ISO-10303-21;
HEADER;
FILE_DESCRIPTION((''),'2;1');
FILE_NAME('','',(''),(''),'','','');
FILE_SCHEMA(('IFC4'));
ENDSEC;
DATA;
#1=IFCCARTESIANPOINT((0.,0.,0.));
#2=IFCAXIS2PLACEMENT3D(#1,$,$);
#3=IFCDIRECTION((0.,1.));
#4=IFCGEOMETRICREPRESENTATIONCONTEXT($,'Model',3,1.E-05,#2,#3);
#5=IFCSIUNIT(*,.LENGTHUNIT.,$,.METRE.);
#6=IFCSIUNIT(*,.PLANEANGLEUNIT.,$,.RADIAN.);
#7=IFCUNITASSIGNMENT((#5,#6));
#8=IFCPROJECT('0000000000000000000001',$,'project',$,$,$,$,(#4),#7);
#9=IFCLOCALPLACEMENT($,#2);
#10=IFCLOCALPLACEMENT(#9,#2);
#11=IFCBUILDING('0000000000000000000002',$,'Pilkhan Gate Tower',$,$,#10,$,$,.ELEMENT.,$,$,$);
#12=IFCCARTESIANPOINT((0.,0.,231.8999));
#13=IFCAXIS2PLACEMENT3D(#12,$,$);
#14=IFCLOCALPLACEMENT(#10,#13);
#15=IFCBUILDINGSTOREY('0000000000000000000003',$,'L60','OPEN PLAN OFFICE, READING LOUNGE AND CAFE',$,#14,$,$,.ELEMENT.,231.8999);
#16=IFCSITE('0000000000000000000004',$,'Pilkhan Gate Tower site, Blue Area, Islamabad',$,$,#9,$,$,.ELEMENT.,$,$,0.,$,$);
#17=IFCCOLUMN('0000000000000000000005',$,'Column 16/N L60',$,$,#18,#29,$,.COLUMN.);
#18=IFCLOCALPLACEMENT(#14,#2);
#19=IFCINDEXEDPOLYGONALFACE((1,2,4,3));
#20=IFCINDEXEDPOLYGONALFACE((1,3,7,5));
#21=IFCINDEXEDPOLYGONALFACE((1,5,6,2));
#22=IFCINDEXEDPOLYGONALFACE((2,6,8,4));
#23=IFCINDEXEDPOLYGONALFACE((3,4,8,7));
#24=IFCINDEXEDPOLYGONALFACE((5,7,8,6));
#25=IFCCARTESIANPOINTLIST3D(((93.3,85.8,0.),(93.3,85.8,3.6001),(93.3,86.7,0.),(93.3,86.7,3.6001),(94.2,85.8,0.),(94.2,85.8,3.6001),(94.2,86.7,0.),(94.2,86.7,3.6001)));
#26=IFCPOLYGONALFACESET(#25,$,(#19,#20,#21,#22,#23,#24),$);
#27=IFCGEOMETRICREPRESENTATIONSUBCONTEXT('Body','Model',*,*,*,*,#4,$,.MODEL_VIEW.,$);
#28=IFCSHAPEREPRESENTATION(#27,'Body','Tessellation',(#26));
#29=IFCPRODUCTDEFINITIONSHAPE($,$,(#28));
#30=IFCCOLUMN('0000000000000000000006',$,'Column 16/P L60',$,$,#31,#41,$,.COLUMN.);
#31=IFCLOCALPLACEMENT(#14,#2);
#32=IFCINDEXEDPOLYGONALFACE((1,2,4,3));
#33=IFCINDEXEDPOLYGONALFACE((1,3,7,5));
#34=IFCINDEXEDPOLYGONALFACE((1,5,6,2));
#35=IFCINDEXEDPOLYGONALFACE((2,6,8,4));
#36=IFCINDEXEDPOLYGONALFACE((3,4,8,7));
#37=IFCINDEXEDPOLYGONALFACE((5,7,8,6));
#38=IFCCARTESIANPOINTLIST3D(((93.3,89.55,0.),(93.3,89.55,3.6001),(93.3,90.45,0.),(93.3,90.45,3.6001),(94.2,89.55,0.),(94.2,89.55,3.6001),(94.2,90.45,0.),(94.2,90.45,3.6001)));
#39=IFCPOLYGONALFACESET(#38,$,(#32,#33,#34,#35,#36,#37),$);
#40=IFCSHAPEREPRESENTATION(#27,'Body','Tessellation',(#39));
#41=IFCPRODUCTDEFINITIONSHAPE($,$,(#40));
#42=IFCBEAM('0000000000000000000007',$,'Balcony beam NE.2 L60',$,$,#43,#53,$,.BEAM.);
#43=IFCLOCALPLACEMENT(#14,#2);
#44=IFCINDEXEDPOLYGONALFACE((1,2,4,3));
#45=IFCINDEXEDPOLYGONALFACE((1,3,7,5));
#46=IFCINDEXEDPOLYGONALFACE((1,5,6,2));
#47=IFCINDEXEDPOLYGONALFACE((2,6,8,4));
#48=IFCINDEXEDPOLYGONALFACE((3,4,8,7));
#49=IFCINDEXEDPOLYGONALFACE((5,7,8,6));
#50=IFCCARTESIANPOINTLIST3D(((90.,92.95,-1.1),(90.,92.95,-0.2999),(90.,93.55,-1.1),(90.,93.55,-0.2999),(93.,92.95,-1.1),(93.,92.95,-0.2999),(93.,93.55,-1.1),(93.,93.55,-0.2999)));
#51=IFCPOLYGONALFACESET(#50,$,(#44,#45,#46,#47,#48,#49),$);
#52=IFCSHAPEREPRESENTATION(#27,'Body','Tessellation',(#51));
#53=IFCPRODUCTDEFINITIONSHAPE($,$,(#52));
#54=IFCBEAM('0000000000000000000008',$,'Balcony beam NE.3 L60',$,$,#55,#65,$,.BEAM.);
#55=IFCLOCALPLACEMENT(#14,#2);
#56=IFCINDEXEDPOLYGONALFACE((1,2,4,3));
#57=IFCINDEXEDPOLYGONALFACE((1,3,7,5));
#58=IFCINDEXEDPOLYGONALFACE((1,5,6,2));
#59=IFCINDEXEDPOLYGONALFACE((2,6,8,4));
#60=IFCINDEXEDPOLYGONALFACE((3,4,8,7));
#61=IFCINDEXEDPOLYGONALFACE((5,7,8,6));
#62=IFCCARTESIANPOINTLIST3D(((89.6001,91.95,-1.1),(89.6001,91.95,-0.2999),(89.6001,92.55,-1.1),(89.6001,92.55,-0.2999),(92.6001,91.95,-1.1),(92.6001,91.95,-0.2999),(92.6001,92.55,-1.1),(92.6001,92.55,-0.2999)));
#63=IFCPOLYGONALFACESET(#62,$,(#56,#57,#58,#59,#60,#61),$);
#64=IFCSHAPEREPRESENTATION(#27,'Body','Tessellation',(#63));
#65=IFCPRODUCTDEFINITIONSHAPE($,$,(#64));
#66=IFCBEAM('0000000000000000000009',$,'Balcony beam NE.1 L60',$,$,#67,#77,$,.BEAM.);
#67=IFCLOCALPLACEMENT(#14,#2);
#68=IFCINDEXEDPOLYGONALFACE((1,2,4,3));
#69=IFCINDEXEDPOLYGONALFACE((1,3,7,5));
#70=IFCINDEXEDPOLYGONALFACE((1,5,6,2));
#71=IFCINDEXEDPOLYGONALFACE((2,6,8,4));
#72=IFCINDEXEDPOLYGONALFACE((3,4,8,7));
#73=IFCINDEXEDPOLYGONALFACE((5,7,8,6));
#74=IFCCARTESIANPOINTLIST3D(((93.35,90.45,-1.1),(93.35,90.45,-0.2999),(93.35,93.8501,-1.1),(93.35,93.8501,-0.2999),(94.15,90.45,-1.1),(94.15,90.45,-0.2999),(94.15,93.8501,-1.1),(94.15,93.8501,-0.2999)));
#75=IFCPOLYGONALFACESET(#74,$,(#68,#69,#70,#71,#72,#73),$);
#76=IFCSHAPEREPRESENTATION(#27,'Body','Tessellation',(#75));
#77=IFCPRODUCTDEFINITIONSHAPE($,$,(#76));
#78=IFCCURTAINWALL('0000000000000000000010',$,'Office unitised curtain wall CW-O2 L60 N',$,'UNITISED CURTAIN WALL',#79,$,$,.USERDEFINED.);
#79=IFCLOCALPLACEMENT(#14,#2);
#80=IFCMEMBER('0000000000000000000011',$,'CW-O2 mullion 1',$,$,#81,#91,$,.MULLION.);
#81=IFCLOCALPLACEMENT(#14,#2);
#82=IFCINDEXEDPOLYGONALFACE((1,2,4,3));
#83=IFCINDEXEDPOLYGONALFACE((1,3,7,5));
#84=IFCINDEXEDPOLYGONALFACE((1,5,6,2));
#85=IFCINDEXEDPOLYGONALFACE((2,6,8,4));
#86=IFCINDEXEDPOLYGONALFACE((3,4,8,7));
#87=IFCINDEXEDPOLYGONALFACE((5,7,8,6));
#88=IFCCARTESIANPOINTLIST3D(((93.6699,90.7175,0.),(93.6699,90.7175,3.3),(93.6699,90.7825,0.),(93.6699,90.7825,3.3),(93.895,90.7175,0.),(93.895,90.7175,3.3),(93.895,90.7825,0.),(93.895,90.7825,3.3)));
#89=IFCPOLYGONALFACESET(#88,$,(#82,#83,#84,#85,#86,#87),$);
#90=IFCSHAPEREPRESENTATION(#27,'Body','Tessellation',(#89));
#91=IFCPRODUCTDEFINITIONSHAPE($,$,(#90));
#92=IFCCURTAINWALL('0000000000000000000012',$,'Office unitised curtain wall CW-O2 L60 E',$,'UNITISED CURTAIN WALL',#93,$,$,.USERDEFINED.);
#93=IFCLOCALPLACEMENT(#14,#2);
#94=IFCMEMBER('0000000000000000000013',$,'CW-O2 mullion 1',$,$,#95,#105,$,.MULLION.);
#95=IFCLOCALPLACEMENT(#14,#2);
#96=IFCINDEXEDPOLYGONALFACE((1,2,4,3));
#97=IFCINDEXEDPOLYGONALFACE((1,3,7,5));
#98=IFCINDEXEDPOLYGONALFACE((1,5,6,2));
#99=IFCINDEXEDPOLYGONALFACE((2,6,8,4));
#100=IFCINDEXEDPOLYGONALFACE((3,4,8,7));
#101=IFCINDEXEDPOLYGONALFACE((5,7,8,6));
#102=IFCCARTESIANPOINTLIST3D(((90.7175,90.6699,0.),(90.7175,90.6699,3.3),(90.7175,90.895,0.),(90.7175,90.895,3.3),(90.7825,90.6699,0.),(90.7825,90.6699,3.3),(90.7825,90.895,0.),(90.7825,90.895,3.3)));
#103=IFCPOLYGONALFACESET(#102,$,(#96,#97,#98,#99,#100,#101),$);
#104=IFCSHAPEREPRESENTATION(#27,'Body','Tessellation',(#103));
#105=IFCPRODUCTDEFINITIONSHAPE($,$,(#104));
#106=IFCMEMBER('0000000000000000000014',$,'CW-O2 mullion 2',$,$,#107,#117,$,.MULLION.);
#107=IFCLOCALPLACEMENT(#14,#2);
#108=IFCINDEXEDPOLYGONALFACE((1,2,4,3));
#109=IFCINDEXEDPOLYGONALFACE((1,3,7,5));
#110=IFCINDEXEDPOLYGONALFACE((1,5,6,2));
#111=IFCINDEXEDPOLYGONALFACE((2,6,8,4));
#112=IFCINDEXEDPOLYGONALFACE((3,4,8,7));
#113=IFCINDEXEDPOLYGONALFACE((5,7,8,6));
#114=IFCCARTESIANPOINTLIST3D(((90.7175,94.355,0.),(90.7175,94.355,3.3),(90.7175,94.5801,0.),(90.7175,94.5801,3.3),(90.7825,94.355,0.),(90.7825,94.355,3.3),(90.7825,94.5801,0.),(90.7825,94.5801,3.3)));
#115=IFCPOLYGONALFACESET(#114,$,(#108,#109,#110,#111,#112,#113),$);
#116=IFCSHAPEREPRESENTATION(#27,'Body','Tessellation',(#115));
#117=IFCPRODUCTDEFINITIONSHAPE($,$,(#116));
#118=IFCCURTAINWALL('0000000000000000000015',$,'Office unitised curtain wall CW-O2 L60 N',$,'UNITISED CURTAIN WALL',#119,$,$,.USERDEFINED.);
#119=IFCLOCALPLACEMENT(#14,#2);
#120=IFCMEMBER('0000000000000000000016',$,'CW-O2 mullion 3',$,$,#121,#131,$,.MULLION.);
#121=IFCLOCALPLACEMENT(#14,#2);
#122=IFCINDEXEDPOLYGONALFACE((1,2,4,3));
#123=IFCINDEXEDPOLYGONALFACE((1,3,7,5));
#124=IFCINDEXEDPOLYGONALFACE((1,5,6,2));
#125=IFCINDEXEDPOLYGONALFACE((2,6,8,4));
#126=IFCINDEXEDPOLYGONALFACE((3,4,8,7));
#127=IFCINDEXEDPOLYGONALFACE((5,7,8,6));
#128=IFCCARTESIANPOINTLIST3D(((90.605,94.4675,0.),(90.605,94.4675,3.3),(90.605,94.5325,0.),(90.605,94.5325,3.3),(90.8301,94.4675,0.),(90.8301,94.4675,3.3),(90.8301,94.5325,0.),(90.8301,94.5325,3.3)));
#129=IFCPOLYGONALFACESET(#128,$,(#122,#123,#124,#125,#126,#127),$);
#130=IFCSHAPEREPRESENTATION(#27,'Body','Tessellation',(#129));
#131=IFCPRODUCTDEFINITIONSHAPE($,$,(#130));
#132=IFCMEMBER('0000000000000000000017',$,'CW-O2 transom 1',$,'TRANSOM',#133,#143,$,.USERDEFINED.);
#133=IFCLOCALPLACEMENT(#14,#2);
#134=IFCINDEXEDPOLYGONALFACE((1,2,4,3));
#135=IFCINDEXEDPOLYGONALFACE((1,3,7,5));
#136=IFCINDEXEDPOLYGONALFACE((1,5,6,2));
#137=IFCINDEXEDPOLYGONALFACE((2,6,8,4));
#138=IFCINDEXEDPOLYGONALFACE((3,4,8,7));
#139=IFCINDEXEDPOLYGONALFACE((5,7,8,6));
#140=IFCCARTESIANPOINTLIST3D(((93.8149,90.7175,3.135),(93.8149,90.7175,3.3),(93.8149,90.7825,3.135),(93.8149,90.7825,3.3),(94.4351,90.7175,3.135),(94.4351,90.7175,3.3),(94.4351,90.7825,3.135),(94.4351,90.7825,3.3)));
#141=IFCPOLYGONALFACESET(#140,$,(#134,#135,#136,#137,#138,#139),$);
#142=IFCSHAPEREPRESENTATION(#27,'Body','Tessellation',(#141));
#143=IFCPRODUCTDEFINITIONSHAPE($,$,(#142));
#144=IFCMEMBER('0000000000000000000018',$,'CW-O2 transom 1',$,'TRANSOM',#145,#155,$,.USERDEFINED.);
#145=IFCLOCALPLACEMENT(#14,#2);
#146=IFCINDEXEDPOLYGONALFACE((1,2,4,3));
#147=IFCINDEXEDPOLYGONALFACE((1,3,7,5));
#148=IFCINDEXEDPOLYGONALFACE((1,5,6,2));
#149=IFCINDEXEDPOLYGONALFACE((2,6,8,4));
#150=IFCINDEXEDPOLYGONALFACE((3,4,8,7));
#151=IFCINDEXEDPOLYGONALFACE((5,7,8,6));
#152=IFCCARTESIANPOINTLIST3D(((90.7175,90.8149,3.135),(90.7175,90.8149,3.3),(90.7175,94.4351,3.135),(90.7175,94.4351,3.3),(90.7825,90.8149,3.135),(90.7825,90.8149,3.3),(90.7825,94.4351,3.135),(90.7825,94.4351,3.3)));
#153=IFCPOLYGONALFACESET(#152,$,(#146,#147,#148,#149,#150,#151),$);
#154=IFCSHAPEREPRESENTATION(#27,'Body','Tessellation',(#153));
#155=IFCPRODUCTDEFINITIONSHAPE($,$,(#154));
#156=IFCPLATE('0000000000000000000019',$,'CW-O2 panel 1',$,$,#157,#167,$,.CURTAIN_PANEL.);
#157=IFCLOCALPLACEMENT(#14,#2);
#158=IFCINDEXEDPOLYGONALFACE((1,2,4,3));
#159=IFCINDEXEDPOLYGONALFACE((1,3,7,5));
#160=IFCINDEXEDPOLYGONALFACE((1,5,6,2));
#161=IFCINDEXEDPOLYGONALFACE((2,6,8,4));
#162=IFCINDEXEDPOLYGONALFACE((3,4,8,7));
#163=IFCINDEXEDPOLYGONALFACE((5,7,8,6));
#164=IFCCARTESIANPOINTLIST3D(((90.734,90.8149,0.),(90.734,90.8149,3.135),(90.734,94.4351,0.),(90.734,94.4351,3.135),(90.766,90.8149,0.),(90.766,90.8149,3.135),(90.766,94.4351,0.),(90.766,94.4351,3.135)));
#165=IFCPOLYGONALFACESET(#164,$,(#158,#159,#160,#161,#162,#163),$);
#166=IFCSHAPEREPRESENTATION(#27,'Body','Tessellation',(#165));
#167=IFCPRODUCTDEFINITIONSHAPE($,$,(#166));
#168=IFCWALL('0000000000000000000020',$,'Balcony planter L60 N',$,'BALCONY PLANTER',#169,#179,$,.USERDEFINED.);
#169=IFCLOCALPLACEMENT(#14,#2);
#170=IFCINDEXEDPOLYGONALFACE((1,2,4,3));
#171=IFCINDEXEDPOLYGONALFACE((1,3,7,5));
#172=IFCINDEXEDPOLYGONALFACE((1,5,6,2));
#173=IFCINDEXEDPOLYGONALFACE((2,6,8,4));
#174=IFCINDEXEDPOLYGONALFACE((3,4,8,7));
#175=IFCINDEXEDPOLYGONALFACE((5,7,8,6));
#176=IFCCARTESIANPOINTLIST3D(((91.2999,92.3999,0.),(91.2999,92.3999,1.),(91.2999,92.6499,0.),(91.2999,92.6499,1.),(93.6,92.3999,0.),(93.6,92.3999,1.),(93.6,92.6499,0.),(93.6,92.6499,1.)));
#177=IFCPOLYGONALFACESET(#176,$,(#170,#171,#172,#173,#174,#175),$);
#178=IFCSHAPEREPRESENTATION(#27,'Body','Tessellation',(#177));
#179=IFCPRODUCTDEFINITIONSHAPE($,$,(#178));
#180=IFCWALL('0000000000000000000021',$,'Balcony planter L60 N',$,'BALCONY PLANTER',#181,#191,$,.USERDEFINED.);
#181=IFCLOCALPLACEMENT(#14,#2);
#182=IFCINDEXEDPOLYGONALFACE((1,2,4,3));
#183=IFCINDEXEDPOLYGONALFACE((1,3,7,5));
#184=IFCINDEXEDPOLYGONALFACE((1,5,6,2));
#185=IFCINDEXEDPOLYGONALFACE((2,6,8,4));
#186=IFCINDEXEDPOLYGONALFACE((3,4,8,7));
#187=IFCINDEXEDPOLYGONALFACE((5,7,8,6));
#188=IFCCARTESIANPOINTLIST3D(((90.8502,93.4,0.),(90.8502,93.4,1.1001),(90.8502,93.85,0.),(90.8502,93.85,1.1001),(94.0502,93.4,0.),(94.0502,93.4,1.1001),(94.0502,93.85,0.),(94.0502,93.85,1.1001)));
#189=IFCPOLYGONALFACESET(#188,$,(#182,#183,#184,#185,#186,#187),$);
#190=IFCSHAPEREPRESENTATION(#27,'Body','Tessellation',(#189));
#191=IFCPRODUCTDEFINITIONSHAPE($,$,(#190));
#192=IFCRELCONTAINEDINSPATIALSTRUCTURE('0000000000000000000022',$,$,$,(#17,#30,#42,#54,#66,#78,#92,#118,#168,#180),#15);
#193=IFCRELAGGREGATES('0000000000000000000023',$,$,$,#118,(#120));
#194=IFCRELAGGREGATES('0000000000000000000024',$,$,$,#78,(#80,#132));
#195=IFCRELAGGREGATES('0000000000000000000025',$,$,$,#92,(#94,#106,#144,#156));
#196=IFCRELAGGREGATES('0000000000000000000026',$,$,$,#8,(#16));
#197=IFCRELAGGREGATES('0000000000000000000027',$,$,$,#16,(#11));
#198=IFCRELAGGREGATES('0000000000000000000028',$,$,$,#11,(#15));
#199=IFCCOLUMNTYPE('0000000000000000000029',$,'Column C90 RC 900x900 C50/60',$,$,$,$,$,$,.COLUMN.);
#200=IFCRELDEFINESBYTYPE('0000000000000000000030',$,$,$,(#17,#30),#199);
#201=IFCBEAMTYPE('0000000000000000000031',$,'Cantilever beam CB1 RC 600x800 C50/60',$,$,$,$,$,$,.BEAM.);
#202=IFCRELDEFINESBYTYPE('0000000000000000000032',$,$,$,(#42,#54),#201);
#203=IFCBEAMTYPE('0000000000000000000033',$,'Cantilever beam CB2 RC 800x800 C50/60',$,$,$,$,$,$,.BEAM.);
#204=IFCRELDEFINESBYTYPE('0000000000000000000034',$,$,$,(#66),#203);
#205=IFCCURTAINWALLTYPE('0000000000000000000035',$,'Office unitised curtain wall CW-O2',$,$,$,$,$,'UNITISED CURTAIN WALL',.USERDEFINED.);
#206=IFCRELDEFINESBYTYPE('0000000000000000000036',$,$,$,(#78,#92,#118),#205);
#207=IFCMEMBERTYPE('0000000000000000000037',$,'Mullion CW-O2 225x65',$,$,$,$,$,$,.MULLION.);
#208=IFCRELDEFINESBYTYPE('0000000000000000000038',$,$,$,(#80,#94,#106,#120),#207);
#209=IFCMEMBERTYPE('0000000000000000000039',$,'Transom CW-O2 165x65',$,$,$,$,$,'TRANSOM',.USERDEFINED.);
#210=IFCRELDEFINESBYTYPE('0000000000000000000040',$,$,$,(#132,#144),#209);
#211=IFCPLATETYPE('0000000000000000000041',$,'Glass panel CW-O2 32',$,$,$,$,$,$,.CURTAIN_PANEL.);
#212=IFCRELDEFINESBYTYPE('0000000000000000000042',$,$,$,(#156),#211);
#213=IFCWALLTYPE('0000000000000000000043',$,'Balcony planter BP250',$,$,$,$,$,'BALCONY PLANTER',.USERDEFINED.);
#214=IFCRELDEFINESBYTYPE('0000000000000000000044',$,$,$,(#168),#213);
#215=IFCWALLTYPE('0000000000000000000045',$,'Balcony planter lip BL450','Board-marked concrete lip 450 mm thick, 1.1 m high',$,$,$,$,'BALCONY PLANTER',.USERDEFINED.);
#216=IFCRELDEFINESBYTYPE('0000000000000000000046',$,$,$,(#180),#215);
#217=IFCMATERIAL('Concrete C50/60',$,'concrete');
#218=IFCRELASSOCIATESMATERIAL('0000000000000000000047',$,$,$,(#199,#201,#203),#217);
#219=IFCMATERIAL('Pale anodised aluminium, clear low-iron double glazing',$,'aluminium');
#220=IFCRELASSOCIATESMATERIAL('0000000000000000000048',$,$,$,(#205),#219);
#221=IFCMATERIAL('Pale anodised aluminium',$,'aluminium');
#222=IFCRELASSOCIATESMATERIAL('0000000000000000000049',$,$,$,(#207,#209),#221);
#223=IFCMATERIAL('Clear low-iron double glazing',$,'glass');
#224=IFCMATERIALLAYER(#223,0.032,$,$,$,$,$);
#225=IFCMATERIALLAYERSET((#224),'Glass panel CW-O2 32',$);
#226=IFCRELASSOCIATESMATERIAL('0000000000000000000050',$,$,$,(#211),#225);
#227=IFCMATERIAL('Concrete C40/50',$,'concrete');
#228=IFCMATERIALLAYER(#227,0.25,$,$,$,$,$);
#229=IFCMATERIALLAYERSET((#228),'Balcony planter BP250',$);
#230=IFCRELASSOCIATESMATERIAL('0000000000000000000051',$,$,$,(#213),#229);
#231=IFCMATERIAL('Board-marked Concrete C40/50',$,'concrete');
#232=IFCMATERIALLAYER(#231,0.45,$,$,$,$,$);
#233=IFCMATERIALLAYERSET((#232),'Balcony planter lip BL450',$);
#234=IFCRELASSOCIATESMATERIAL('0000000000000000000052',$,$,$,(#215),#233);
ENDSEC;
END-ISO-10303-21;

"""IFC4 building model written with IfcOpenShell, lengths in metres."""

from ifc_helpers import new_model, si_unit, direction, frame, frame_2d, origin, origin_2d, place, context, subcontext, project, spatial, rectangle, extrude, material, layer, layer_set, material_profile, profile_set, type_object, element, aggregate, save


model = new_model("IFC4")

# Units and contexts
model_context = context("Model", 3, precision=1e-05, world=origin(), true_north=direction((0.0, 1.0)))
body_context = subcontext(model_context, "Body", "Model", "MODEL_VIEW")
ifc_project = project(units=[si_unit("LENGTHUNIT", "METRE"), si_unit("PLANEANGLEUNIT", "RADIAN")], contexts=[model_context])

# Site, building, storey
site_placement = place(None, origin())
site = spatial("IfcSite", under=ifc_project, at=site_placement, Name="Pilkhan Gate Tower site, Blue Area, Islamabad", CompositionType="ELEMENT", RefElevation=0.0)
building_placement = place(site_placement, origin())
building = spatial("IfcBuilding", under=site, at=building_placement, Name="Pilkhan Gate Tower", CompositionType="ELEMENT")
storey_placement = place(building_placement, frame((0.0, 0.0, 231.8999)))
storey = spatial("IfcBuildingStorey", under=building, at=storey_placement, Name="L60", Description="OPEN PLAN OFFICE, READING LOUNGE AND CAFE", CompositionType="ELEMENT", Elevation=231.8999)

# Columns
ifc_material_1 = material(Name="Concrete C50/60", Category="concrete")
ifc_material_profile_1 = material_profile(ifc_material_1, rectangle(XDim=0.8999, YDim=0.8999, at=origin_2d()), Name="RC 900x900")
ifc_profile_set_1 = profile_set([ifc_material_profile_1], Name="Concrete C50/60")
column_type = type_object("IfcColumnType", Name="Column C90 RC 900x900 C50/60", PredefinedType="COLUMN", material=ifc_profile_set_1)
for number, where, z_axis, x_axis, name in (
    (1, (93.75, 86.25, 0.0), (0.0, 0.0, 1.0), (1.0, 0.0, 0.0), "Column 16/N L60"),
    (2, (93.75, 90.0, 0.0), (0.0, 0.0, 1.0), (1.0, 0.0, 0.0), "Column 16/P L60"),
):
    element("IfcColumn", number, at=place(storey_placement, frame(where, z_axis=z_axis, x_axis=x_axis)), inside=storey, type_object=column_type, Name=name, PredefinedType="COLUMN", context=body_context, shape_type="SweptSolid", body=[
        extrude(rectangle(XDim=0.8999, YDim=0.8999, at=origin_2d()), origin(), (0.0, 0.0, 1.0), 3.6001),
    ])

# Beams
ifc_material_profile_2 = material_profile(ifc_material_1, rectangle(XDim=0.6001, YDim=0.8, at=origin_2d()), Name="RC 600x800")
ifc_profile_set_2 = profile_set([ifc_material_profile_2], Name="Concrete C50/60")
beam_type_1 = type_object("IfcBeamType", Name="Cantilever beam CB1 RC 600x800 C50/60", PredefinedType="BEAM", material=ifc_profile_set_2)
for number, where, z_axis, x_axis, name in (
    (3, (90.0, 93.25, -0.7), (1.0, 0.0, 0.0), (0.0, 1.0, 0.0), "Balcony beam NE.2 L60"),
    (4, (89.6001, 92.25, -0.7), (1.0, 0.0, 0.0), (0.0, 1.0, 0.0), "Balcony beam NE.3 L60"),
):
    element("IfcBeam", number, at=place(storey_placement, frame(where, z_axis=z_axis, x_axis=x_axis)), inside=storey, type_object=beam_type_1, Name=name, PredefinedType="BEAM", context=body_context, shape_type="SweptSolid", body=[
        extrude(rectangle(XDim=0.6001, YDim=0.8, at=origin_2d()), origin(), (0.0, 0.0, 1.0), 3.0),
    ])
ifc_material_profile_3 = material_profile(ifc_material_1, rectangle(XDim=0.8, YDim=0.8, at=origin_2d()), Name="RC 800x800")
ifc_profile_set_3 = profile_set([ifc_material_profile_3], Name="Concrete C50/60")
beam_type_2 = type_object("IfcBeamType", Name="Cantilever beam CB2 RC 800x800 C50/60", PredefinedType="BEAM", material=ifc_profile_set_3)
beam_placement = place(storey_placement, frame((93.75, 90.45, -0.7), z_axis=(0.0, 1.0, 0.0), x_axis=(-1.0, 0.0, 0.0)))
element("IfcBeam", 5, at=beam_placement, inside=storey, type_object=beam_type_2, Name="Balcony beam NE.1 L60", PredefinedType="BEAM", context=body_context, shape_type="SweptSolid", body=[
    extrude(rectangle(XDim=0.8, YDim=0.8, at=origin_2d()), origin(), (0.0, 0.0, 1.0), 3.4001),
])

# Curtain wall, member
ifc_material_2 = material(Name="Pale anodised aluminium, clear low-iron double glazing", Category="aluminium")
curtain_wall_type = type_object("IfcCurtainWallType", Name="Office unitised curtain wall CW-O2", ElementType="UNITISED CURTAIN WALL", PredefinedType="USERDEFINED", material=ifc_material_2)
curtain_wall_1_placement = place(storey_placement, origin())
curtain_wall_1 = element("IfcCurtainWall", 6, at=curtain_wall_1_placement, inside=storey, type_object=curtain_wall_type, Name="Office unitised curtain wall CW-O2 L60 N", ObjectType="UNITISED CURTAIN WALL", PredefinedType="USERDEFINED")
ifc_material_3 = material(Name="Pale anodised aluminium", Category="aluminium")
ifc_material_profile_4 = material_profile(ifc_material_3, rectangle(XDim=0.0649, YDim=0.2251, at=origin_2d()), Name="Mullion 225x65")
ifc_profile_set_4 = profile_set([ifc_material_profile_4], Name="Pale anodised aluminium")
member_type_1 = type_object("IfcMemberType", Name="Mullion CW-O2 225x65", PredefinedType="MULLION", material=ifc_profile_set_4)
member_1_placement = place(storey_placement, frame((93.7825, 90.75, 0.0), z_axis=(0.0, 0.0, 1.0), x_axis=(0.0, 1.0, 0.0)))
member_1 = element("IfcMember", 7, at=member_1_placement, type_object=member_type_1, Name="CW-O2 mullion 1", PredefinedType="MULLION", context=body_context, shape_type="SweptSolid", body=[
    extrude(rectangle(XDim=0.0649, YDim=0.2251, at=origin_2d()), origin(), (0.0, 0.0, 1.0), 3.3),
])

# Curtain wall, members
curtain_wall_2_placement = place(storey_placement, origin())
curtain_wall_2 = element("IfcCurtainWall", 8, at=curtain_wall_2_placement, inside=storey, type_object=curtain_wall_type, Name="Office unitised curtain wall CW-O2 L60 E", ObjectType="UNITISED CURTAIN WALL", PredefinedType="USERDEFINED")
member_2_placement = place(storey_placement, frame((90.75, 90.7825, 0.0), z_axis=(0.0, 0.0, 1.0), x_axis=(-1.0, 0.0, 0.0)))
member_2 = element("IfcMember", 9, at=member_2_placement, type_object=member_type_1, Name="CW-O2 mullion 1", PredefinedType="MULLION", context=body_context, shape_type="SweptSolid", body=[
    extrude(rectangle(XDim=0.0649, YDim=0.2251, at=origin_2d()), origin(), (0.0, 0.0, 1.0), 3.3),
])
member_3_placement = place(storey_placement, frame((90.75, 94.4675, 0.0), z_axis=(0.0, 0.0, 1.0), x_axis=(-1.0, 0.0, 0.0)))
member_3 = element("IfcMember", 10, at=member_3_placement, type_object=member_type_1, Name="CW-O2 mullion 2", PredefinedType="MULLION", context=body_context, shape_type="SweptSolid", body=[
    extrude(rectangle(XDim=0.0649, YDim=0.2251, at=origin_2d()), origin(), (0.0, 0.0, 1.0), 3.3),
])

# Curtain wall, member
curtain_wall_3_placement = place(storey_placement, origin())
curtain_wall_3 = element("IfcCurtainWall", 11, at=curtain_wall_3_placement, inside=storey, type_object=curtain_wall_type, Name="Office unitised curtain wall CW-O2 L60 N", ObjectType="UNITISED CURTAIN WALL", PredefinedType="USERDEFINED")
member_4_placement = place(storey_placement, frame((90.7175, 94.5, 0.0), z_axis=(0.0, 0.0, 1.0), x_axis=(0.0, 1.0, 0.0)))
member_4 = element("IfcMember", 12, at=member_4_placement, type_object=member_type_1, Name="CW-O2 mullion 3", PredefinedType="MULLION", context=body_context, shape_type="SweptSolid", body=[
    extrude(rectangle(XDim=0.0649, YDim=0.2251, at=origin_2d()), origin(), (0.0, 0.0, 1.0), 3.3),
])
aggregate(curtain_wall_3, [member_4])

# Members
ifc_material_profile_5 = material_profile(ifc_material_3, rectangle(XDim=0.0649, YDim=0.165, at=origin_2d()), Name="Transom 165x65")
ifc_profile_set_5 = profile_set([ifc_material_profile_5], Name="Pale anodised aluminium")
member_type_2 = type_object("IfcMemberType", Name="Transom CW-O2 165x65", ElementType="TRANSOM", PredefinedType="USERDEFINED", material=ifc_profile_set_5)
member_5_placement = place(storey_placement, frame((93.8149, 90.75, 3.2175), z_axis=(1.0, 0.0, 0.0), x_axis=(0.0, 1.0, 0.0)))
member_5 = element("IfcMember", 13, at=member_5_placement, type_object=member_type_2, Name="CW-O2 transom 1", ObjectType="TRANSOM", PredefinedType="USERDEFINED", context=body_context, shape_type="SweptSolid", body=[
    extrude(rectangle(XDim=0.0649, YDim=0.165, at=origin_2d()), origin(), (0.0, 0.0, 1.0), 0.6201),
])
aggregate(curtain_wall_1, [member_1, member_5])
member_6_placement = place(storey_placement, frame((90.75, 90.8149, 3.2175), z_axis=(0.0, 1.0, 0.0), x_axis=(-1.0, 0.0, 0.0)))
member_6 = element("IfcMember", 14, at=member_6_placement, type_object=member_type_2, Name="CW-O2 transom 1", ObjectType="TRANSOM", PredefinedType="USERDEFINED", context=body_context, shape_type="SweptSolid", body=[
    extrude(rectangle(XDim=0.0649, YDim=0.165, at=origin_2d()), origin(), (0.0, 0.0, 1.0), 3.6201),
])

# Plate
ifc_material_4 = material(Name="Clear low-iron double glazing", Category="glass")
ifc_layer_1 = layer(ifc_material_4, 0.032)
ifc_layer_set_1 = layer_set([ifc_layer_1], Name="Glass panel CW-O2 32")
plate_type = type_object("IfcPlateType", Name="Glass panel CW-O2 32", PredefinedType="CURTAIN_PANEL", material=ifc_layer_set_1)
plate_placement = place(storey_placement, frame((90.75, 92.625, 0.0), z_axis=(0.0, 0.0, 1.0), x_axis=(0.0, 1.0, 0.0)))
plate = element("IfcPlate", 15, at=plate_placement, type_object=plate_type, Name="CW-O2 panel 1", PredefinedType="CURTAIN_PANEL", context=body_context, shape_type="SweptSolid", body=[
    extrude(rectangle(XDim=3.6201, YDim=0.032, at=origin_2d()), origin(), (0.0, 0.0, 1.0), 3.135),
])
aggregate(curtain_wall_2, [member_2, member_3, member_6, plate])

# Walls
ifc_material_5 = material(Name="Concrete C40/50", Category="concrete")
ifc_layer_2 = layer(ifc_material_5, 0.25)
ifc_layer_set_2 = layer_set([ifc_layer_2], Name="Balcony planter BP250")
wall_type_1 = type_object("IfcWallType", Name="Balcony planter BP250", ElementType="BALCONY PLANTER", PredefinedType="USERDEFINED", material=ifc_layer_set_2)
wall_1_placement = place(storey_placement, frame((91.3, 92.5249, 0.0), z_axis=(0.0, 0.0, 1.0), x_axis=(1.0, 0.0, 0.0)))
element("IfcWall", 16, at=wall_1_placement, inside=storey, type_object=wall_type_1, Name="Balcony planter L60 N", ObjectType="BALCONY PLANTER", PredefinedType="USERDEFINED", context=body_context, shape_type="SweptSolid", body=[
    extrude(rectangle(XDim=2.3, YDim=0.25, at=frame_2d((1.1499, 0.0))), origin(), (0.0, 0.0, 1.0), 1.0),
])
ifc_material_6 = material(Name="Board-marked Concrete C40/50", Category="concrete")
ifc_layer_3 = layer(ifc_material_6, 0.45)
ifc_layer_set_3 = layer_set([ifc_layer_3], Name="Balcony planter lip BL450")
wall_type_2 = type_object("IfcWallType", Name="Balcony planter lip BL450", Description="Board-marked concrete lip 450 mm thick, 1.1 m high", ElementType="BALCONY PLANTER", PredefinedType="USERDEFINED", material=ifc_layer_set_3)
wall_2_placement = place(storey_placement, frame((90.8501, 93.625, 0.0), z_axis=(0.0, 0.0, 1.0), x_axis=(1.0, 0.0, 0.0)))
element("IfcWall", 17, at=wall_2_placement, inside=storey, type_object=wall_type_2, Name="Balcony planter L60 N", ObjectType="BALCONY PLANTER", PredefinedType="USERDEFINED", context=body_context, shape_type="SweptSolid", body=[
    extrude(rectangle(XDim=3.2, YDim=0.45, at=frame_2d((1.6001, 0.0))), origin(), (0.0, 0.0, 1.0), 1.1001),
])

save(model, "model.ifc")
